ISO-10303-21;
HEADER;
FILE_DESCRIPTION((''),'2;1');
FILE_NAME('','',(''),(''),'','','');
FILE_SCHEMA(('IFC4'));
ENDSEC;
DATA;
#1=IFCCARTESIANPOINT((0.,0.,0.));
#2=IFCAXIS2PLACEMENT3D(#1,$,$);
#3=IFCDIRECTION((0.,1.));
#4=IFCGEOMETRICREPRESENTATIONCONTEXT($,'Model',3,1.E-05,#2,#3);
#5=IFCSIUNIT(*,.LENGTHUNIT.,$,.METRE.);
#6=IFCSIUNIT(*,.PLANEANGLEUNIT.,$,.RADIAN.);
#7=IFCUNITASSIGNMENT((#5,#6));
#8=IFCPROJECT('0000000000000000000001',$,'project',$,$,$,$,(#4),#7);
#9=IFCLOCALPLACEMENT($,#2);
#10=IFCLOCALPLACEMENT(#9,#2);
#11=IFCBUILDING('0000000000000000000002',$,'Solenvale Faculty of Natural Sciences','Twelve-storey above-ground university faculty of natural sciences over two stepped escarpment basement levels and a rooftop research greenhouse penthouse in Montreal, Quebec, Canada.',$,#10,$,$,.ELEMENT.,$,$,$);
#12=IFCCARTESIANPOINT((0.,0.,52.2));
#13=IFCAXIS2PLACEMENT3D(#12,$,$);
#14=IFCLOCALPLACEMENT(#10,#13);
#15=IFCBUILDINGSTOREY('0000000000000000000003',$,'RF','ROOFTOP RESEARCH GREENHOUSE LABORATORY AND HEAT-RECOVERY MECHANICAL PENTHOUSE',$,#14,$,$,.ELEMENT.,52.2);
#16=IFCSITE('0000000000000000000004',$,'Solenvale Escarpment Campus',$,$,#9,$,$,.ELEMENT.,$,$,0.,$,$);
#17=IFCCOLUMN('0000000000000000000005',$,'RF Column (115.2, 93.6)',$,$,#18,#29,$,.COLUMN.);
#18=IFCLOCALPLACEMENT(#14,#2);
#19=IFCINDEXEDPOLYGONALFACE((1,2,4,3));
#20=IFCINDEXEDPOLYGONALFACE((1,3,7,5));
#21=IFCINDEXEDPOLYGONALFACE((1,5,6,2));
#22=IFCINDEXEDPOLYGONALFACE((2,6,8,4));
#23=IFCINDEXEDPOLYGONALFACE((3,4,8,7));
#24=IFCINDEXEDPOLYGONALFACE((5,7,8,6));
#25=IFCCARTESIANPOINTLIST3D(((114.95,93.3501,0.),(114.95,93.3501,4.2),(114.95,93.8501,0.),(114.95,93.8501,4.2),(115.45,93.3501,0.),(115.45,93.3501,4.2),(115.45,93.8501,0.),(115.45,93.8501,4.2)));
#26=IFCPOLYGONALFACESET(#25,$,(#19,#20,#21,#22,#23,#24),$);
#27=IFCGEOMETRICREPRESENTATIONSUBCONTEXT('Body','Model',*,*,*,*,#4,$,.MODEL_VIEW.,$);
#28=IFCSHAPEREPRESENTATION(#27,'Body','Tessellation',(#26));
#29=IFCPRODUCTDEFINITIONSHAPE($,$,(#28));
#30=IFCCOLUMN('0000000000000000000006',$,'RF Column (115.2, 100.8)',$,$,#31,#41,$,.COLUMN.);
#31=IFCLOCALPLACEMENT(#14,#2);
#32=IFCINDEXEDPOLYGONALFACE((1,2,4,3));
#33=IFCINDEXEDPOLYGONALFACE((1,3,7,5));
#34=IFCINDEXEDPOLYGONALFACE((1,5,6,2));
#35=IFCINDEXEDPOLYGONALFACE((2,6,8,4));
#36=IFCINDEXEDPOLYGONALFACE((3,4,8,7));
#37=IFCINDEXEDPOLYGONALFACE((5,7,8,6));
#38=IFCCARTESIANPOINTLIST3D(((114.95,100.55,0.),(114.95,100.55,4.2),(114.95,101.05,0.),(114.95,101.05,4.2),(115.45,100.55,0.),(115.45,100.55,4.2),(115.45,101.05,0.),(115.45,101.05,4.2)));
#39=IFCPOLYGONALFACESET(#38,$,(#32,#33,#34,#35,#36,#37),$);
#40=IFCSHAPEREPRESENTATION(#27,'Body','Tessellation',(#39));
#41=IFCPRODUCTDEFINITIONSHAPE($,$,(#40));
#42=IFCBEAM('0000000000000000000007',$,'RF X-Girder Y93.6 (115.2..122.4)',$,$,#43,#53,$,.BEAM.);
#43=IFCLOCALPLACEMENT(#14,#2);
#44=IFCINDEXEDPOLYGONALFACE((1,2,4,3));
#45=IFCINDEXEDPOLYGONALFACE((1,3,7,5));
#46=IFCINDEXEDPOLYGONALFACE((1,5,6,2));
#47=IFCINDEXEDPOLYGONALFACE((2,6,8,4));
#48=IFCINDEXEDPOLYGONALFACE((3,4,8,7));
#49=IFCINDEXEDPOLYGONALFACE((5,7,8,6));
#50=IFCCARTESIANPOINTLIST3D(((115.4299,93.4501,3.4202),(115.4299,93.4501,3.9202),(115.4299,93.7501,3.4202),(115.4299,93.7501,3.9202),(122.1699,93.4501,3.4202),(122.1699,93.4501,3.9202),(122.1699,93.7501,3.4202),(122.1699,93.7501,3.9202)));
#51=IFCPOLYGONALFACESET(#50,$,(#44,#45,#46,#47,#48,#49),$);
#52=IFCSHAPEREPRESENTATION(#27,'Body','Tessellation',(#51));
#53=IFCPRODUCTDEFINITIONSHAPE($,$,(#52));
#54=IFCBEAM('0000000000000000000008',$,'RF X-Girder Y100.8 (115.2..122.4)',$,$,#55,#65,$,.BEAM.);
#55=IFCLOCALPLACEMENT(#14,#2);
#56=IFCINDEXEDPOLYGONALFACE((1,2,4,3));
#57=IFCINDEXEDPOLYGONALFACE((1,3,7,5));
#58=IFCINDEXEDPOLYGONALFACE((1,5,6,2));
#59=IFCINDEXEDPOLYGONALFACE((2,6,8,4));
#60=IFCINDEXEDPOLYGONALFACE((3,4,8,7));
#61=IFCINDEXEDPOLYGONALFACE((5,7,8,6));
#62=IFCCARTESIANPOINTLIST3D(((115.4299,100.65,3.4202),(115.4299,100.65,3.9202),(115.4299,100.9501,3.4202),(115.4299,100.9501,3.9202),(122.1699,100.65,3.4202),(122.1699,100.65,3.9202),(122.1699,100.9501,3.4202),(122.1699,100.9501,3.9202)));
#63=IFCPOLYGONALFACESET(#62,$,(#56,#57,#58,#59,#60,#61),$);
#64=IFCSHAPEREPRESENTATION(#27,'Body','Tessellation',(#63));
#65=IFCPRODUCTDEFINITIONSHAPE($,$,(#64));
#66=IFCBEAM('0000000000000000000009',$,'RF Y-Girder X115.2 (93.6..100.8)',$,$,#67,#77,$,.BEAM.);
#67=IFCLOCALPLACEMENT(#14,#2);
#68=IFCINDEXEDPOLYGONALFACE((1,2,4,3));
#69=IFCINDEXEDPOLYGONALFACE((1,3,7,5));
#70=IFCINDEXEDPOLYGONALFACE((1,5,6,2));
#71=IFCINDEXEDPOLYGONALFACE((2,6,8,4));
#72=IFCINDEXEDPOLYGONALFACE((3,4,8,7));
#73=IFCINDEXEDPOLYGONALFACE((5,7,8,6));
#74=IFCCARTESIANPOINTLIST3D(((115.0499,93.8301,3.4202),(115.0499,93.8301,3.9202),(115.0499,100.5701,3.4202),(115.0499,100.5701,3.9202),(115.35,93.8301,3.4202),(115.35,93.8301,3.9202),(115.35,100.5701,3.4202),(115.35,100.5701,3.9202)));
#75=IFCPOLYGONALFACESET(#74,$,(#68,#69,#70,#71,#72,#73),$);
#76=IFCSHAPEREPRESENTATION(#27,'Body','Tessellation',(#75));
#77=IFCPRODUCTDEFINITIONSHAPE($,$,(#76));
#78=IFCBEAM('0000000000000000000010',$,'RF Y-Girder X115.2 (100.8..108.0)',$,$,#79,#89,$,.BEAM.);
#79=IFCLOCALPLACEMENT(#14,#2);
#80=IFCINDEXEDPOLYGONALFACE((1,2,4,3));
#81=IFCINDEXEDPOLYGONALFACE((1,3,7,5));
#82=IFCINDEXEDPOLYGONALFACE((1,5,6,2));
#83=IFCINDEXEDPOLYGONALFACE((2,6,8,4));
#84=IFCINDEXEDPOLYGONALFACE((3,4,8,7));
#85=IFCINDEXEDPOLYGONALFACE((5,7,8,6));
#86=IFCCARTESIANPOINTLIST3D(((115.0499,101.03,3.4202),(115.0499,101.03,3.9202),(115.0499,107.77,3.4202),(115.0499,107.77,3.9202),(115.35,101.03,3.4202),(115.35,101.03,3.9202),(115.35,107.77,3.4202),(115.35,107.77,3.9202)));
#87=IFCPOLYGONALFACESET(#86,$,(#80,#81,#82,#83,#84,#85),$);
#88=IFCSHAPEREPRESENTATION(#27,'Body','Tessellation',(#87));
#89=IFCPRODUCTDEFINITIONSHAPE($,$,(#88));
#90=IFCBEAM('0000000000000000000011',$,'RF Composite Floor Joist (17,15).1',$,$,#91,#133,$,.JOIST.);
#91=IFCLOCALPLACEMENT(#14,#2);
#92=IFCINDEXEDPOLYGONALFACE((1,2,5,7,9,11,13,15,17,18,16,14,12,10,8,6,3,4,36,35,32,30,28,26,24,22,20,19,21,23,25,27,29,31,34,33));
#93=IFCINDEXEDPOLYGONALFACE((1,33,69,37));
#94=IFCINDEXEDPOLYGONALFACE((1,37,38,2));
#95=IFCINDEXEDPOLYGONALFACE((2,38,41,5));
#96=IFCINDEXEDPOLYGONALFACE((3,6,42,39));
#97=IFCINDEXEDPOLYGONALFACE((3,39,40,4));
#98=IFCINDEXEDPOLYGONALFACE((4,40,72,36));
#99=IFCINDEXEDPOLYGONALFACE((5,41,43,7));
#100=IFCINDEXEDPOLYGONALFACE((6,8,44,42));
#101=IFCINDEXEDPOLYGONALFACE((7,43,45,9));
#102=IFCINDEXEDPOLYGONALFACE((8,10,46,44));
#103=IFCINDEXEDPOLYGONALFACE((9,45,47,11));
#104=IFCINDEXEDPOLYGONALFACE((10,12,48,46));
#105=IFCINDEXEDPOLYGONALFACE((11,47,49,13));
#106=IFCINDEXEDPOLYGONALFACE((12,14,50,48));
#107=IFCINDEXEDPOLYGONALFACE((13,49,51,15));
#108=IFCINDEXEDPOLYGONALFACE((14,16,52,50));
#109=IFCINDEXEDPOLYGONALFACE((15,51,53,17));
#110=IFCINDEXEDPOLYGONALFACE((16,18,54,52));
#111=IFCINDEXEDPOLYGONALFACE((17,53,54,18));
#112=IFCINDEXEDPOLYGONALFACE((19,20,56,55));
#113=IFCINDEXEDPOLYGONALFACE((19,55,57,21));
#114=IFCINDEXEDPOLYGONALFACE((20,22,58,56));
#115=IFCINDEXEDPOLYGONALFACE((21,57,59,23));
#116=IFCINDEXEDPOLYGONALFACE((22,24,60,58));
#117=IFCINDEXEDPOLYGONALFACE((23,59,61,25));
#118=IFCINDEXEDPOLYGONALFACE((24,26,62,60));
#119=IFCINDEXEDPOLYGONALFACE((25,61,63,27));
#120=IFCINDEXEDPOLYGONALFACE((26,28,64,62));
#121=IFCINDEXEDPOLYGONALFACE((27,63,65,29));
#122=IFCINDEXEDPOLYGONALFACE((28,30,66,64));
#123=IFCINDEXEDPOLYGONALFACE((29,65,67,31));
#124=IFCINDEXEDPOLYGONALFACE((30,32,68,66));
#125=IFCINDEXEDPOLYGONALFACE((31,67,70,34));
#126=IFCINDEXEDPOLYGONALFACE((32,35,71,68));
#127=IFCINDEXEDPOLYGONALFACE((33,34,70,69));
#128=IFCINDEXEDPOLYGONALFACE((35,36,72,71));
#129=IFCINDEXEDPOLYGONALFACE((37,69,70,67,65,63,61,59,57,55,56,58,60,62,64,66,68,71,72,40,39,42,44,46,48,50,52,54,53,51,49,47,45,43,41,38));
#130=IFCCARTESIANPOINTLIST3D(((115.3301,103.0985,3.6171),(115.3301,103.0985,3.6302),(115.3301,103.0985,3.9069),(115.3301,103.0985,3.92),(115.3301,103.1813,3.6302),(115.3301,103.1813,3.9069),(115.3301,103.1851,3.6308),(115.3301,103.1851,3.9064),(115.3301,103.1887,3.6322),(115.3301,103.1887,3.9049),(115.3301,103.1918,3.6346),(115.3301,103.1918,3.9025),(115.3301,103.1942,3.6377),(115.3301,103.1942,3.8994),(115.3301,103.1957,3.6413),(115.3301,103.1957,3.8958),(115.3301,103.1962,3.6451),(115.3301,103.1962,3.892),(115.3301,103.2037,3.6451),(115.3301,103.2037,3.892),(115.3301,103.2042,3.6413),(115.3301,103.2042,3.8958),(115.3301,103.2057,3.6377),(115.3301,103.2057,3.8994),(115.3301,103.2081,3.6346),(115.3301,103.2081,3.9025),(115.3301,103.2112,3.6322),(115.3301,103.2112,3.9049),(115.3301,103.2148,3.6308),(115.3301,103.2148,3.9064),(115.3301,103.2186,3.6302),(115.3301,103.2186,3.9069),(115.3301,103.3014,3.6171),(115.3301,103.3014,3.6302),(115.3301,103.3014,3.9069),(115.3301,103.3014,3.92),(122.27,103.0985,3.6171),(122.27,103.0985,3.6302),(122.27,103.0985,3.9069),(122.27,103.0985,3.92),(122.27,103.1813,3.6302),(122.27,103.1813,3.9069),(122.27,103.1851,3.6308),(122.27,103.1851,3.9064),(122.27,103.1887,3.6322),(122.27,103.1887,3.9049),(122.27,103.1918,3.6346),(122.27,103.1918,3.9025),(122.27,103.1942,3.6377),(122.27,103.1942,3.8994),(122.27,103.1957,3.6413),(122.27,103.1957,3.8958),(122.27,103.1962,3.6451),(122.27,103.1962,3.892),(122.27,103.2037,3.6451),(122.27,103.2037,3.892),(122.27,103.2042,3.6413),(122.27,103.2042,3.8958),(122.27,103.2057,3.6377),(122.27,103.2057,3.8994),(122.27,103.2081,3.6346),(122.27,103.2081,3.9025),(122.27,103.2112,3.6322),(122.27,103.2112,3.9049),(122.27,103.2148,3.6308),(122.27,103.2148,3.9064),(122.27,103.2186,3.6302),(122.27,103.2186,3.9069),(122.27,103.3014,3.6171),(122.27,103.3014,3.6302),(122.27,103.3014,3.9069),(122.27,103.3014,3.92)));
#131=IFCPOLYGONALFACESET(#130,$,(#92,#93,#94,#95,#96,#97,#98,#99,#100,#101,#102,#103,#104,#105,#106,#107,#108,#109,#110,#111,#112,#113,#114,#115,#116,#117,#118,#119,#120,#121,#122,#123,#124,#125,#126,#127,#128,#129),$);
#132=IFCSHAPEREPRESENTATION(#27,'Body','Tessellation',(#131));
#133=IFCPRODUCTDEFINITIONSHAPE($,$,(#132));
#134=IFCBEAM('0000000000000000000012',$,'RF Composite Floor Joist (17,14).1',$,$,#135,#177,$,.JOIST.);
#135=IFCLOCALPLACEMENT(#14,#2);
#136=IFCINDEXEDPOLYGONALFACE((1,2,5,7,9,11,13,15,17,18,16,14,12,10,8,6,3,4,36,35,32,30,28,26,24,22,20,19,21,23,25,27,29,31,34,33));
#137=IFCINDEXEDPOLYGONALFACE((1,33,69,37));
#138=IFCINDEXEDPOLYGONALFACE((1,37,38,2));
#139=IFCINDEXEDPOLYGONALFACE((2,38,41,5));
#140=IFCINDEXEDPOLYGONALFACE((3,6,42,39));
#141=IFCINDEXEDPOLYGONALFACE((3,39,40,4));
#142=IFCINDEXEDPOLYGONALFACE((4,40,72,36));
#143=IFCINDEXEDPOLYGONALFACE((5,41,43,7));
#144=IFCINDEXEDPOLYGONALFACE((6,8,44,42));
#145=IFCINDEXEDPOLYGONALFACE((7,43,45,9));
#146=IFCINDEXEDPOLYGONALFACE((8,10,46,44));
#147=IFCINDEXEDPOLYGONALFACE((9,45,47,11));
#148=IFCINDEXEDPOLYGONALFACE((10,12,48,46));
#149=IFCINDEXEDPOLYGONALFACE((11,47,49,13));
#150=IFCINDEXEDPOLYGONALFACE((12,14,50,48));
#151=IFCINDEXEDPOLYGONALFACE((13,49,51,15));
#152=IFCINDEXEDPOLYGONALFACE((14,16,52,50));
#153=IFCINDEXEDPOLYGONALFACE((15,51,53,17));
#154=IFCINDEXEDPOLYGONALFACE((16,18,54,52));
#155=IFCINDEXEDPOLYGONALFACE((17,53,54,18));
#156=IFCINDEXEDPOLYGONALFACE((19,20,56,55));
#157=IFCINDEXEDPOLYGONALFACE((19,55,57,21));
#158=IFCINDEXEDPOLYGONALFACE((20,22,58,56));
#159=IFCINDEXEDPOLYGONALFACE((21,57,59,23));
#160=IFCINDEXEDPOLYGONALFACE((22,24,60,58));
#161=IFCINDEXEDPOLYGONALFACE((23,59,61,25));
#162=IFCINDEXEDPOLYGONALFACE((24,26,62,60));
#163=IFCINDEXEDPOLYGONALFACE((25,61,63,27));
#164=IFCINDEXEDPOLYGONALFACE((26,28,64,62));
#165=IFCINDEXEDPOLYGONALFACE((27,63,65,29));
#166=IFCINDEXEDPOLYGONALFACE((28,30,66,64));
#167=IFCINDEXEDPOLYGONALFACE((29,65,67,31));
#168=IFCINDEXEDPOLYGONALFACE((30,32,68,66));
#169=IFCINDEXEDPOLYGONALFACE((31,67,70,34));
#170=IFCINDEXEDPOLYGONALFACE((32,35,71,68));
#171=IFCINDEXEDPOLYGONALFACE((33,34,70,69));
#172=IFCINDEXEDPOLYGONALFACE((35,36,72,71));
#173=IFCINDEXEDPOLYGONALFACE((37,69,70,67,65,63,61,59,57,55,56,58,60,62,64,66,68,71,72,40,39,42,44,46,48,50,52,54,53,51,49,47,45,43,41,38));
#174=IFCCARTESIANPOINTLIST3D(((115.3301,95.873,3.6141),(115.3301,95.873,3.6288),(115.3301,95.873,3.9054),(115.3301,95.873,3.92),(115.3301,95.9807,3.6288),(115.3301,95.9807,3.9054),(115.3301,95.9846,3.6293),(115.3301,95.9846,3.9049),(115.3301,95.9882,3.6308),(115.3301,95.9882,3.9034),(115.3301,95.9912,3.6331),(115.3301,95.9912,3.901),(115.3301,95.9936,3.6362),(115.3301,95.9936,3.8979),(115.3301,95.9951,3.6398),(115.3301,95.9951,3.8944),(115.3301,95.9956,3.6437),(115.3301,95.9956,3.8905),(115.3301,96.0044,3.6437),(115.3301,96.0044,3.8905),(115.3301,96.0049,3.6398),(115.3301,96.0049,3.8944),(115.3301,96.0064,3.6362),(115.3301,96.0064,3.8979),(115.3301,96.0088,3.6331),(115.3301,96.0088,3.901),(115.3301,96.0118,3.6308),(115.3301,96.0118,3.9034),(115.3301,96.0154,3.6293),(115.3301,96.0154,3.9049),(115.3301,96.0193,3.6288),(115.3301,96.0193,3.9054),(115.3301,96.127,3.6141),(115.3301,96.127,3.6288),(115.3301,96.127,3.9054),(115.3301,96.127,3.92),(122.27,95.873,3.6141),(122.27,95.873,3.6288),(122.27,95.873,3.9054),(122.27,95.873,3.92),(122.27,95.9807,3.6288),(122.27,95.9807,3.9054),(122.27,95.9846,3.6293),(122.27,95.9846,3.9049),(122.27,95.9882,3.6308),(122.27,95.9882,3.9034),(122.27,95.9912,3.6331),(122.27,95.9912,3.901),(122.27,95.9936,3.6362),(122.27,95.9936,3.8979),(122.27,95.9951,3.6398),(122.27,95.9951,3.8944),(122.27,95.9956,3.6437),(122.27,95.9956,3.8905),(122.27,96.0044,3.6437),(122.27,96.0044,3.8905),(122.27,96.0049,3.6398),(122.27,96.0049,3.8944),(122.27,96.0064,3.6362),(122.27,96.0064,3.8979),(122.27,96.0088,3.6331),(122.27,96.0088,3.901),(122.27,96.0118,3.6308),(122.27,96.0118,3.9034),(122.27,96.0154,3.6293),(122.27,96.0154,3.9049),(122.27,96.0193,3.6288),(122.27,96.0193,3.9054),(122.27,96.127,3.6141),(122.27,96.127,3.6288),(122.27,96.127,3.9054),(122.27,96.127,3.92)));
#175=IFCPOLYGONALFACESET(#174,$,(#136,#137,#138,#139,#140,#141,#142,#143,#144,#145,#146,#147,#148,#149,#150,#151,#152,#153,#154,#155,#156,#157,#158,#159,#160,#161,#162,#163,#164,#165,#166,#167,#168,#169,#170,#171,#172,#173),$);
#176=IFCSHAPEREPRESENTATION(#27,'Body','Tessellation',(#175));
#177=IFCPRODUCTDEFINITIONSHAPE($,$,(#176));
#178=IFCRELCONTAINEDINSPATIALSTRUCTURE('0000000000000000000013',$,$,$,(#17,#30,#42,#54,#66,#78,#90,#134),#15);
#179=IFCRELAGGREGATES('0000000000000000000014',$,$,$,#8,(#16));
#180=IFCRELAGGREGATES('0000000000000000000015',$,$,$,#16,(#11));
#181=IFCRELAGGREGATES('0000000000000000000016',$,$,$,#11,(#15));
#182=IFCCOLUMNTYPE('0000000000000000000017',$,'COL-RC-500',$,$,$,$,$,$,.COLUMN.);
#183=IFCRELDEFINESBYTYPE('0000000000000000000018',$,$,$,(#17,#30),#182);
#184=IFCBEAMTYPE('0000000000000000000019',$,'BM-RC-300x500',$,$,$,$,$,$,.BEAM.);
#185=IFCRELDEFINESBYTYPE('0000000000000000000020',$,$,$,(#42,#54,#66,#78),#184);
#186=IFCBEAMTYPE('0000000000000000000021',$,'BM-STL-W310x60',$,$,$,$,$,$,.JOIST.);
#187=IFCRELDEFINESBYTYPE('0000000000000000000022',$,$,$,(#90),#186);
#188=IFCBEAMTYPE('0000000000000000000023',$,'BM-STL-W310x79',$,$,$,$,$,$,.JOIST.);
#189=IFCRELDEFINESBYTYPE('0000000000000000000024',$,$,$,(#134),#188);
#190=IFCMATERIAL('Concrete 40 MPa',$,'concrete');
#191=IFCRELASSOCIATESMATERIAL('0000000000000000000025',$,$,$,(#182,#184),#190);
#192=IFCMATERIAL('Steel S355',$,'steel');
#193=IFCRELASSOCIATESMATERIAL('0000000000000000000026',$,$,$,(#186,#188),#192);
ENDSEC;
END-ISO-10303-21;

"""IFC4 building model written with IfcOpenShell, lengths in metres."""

from ifc_helpers import new_model, si_unit, direction, frame, origin, origin_2d, place, context, subcontext, project, spatial, rectangle, i_section, extrude, material, material_profile, profile_set, type_object, element, save


model = new_model("IFC4")

# Units and contexts
model_context = context("Model", 3, precision=1e-05, world=origin(), true_north=direction((0.0, 1.0)))
body_context = subcontext(model_context, "Body", "Model", "MODEL_VIEW")
ifc_project = project(units=[si_unit("LENGTHUNIT", "METRE"), si_unit("PLANEANGLEUNIT", "RADIAN")], contexts=[model_context])

# Site, building, storey
site_placement = place(None, origin())
site = spatial("IfcSite", under=ifc_project, at=site_placement, Name="Solenvale Escarpment Campus", CompositionType="ELEMENT", RefElevation=0.0)
building_placement = place(site_placement, origin())
building = spatial("IfcBuilding", under=site, at=building_placement, Name="Solenvale Faculty of Natural Sciences", Description="Twelve-storey above-ground university faculty of natural sciences over two stepped escarpment basement levels and a rooftop research greenhouse penthouse in Montreal, Quebec, Canada.", CompositionType="ELEMENT")
storey_placement = place(building_placement, frame((0.0, 0.0, 52.2)))
storey = spatial("IfcBuildingStorey", under=building, at=storey_placement, Name="RF", Description="ROOFTOP RESEARCH GREENHOUSE LABORATORY AND HEAT-RECOVERY MECHANICAL PENTHOUSE", CompositionType="ELEMENT", Elevation=52.2)

# Columns
ifc_material_1 = material(Name="Concrete 40 MPa", Category="concrete")
ifc_material_profile_1 = material_profile(ifc_material_1, rectangle(XDim=0.5, YDim=0.5, at=origin_2d()), Name="RC-COL-500x500")
ifc_profile_set_1 = profile_set([ifc_material_profile_1], Name="Concrete 40 MPa")
column_type = type_object("IfcColumnType", Name="COL-RC-500", PredefinedType="COLUMN", material=ifc_profile_set_1)
for number, where, z_axis, x_axis, name in (
    (1, (115.2, 93.6001, 0.0), (0.0, 0.0, 1.0), (1.0, 0.0, 0.0), "RF Column (115.2, 93.6)"),
    (2, (115.2, 100.8, 0.0), (0.0, 0.0, 1.0), (1.0, 0.0, 0.0), "RF Column (115.2, 100.8)"),
):
    element("IfcColumn", number, at=place(storey_placement, frame(where, z_axis=z_axis, x_axis=x_axis)), inside=storey, type_object=column_type, Name=name, PredefinedType="COLUMN", context=body_context, shape_type="SweptSolid", body=[
        extrude(rectangle(XDim=0.5, YDim=0.5, at=origin_2d()), origin(), (0.0, 0.0, 1.0), 4.2),
    ])

# Beams
ifc_material_profile_2 = material_profile(ifc_material_1, rectangle(XDim=0.3, YDim=0.5, at=origin_2d()), Name="RC-BM-300x500")
ifc_profile_set_2 = profile_set([ifc_material_profile_2], Name="Concrete 40 MPa")
beam_type_1 = type_object("IfcBeamType", Name="BM-RC-300x500", PredefinedType="BEAM", material=ifc_profile_set_2)
for number, where, z_axis, x_axis, name in (
    (3, (115.4299, 93.6001, 3.6702), (1.0, 0.0, 0.0), (0.0, 1.0, 0.0), "RF X-Girder Y93.6 (115.2..122.4)"),
    (4, (115.4299, 100.8, 3.6702), (1.0, 0.0, 0.0), (0.0, 1.0, 0.0), "RF X-Girder Y100.8 (115.2..122.4)"),
    (5, (115.2, 93.8301, 3.6702), (0.0, 1.0, 0.0), (-1.0, 0.0, 0.0), "RF Y-Girder X115.2 (93.6..100.8)"),
    (6, (115.2, 101.03, 3.6702), (0.0, 1.0, 0.0), (-1.0, 0.0, 0.0), "RF Y-Girder X115.2 (100.8..108.0)"),
):
    element("IfcBeam", number, at=place(storey_placement, frame(where, z_axis=z_axis, x_axis=x_axis)), inside=storey, type_object=beam_type_1, Name=name, PredefinedType="BEAM", context=body_context, shape_type="SweptSolid", body=[
        extrude(rectangle(XDim=0.3, YDim=0.5, at=origin_2d()), origin(), (0.0, 0.0, 1.0), 6.74),
    ])
ifc_material_2 = material(Name="Steel S355", Category="steel")
ifc_material_profile_3 = material_profile(ifc_material_2, i_section(OverallWidth=0.2029, OverallDepth=0.303, WebThickness=0.0076, FlangeThickness=0.0132, FilletRadius=0.0149, at=origin_2d()), Name="W310x60")
ifc_profile_set_3 = profile_set([ifc_material_profile_3], Name="Steel S355")
beam_type_2 = type_object("IfcBeamType", Name="BM-STL-W310x60", PredefinedType="JOIST", material=ifc_profile_set_3)
beam_placement = place(storey_placement, frame((115.3301, 103.2, 3.7686), z_axis=(1.0, 0.0, 0.0), x_axis=(0.0, 1.0, 0.0)))
element("IfcBeam", 7, at=beam_placement, inside=storey, type_object=beam_type_2, Name="RF Composite Floor Joist (17,15).1", PredefinedType="JOIST", context=body_context, shape_type="SweptSolid", body=[
    extrude(i_section(OverallWidth=0.2029, OverallDepth=0.303, WebThickness=0.0076, FlangeThickness=0.0132, FilletRadius=0.0149, at=origin_2d()), origin(), (0.0, 0.0, 1.0), 6.9399),
])
ifc_material_profile_4 = material_profile(ifc_material_2, i_section(OverallWidth=0.2539, OverallDepth=0.3059, WebThickness=0.0088, FlangeThickness=0.0146, FilletRadius=0.0149, at=origin_2d()), Name="W310x79")
ifc_profile_set_4 = profile_set([ifc_material_profile_4], Name="Steel S355")
beam_type_3 = type_object("IfcBeamType", Name="BM-STL-W310x79", PredefinedType="JOIST", material=ifc_profile_set_4)
for number, where, z_axis, x_axis, name in (
    (8, (115.3301, 96.0, 3.7671), (1.0, 0.0, 0.0), (0.0, 1.0, 0.0), "RF Composite Floor Joist (17,14).1"),
):
    element("IfcBeam", number, at=place(storey_placement, frame(where, z_axis=z_axis, x_axis=x_axis)), inside=storey, type_object=beam_type_3, Name=name, PredefinedType="JOIST", context=body_context, shape_type="SweptSolid", body=[
        extrude(i_section(OverallWidth=0.2539, OverallDepth=0.3059, WebThickness=0.0088, FlangeThickness=0.0146, FilletRadius=0.0149, at=origin_2d()), origin(), (0.0, 0.0, 1.0), 6.9399),
    ])

save(model, "model.ifc")
